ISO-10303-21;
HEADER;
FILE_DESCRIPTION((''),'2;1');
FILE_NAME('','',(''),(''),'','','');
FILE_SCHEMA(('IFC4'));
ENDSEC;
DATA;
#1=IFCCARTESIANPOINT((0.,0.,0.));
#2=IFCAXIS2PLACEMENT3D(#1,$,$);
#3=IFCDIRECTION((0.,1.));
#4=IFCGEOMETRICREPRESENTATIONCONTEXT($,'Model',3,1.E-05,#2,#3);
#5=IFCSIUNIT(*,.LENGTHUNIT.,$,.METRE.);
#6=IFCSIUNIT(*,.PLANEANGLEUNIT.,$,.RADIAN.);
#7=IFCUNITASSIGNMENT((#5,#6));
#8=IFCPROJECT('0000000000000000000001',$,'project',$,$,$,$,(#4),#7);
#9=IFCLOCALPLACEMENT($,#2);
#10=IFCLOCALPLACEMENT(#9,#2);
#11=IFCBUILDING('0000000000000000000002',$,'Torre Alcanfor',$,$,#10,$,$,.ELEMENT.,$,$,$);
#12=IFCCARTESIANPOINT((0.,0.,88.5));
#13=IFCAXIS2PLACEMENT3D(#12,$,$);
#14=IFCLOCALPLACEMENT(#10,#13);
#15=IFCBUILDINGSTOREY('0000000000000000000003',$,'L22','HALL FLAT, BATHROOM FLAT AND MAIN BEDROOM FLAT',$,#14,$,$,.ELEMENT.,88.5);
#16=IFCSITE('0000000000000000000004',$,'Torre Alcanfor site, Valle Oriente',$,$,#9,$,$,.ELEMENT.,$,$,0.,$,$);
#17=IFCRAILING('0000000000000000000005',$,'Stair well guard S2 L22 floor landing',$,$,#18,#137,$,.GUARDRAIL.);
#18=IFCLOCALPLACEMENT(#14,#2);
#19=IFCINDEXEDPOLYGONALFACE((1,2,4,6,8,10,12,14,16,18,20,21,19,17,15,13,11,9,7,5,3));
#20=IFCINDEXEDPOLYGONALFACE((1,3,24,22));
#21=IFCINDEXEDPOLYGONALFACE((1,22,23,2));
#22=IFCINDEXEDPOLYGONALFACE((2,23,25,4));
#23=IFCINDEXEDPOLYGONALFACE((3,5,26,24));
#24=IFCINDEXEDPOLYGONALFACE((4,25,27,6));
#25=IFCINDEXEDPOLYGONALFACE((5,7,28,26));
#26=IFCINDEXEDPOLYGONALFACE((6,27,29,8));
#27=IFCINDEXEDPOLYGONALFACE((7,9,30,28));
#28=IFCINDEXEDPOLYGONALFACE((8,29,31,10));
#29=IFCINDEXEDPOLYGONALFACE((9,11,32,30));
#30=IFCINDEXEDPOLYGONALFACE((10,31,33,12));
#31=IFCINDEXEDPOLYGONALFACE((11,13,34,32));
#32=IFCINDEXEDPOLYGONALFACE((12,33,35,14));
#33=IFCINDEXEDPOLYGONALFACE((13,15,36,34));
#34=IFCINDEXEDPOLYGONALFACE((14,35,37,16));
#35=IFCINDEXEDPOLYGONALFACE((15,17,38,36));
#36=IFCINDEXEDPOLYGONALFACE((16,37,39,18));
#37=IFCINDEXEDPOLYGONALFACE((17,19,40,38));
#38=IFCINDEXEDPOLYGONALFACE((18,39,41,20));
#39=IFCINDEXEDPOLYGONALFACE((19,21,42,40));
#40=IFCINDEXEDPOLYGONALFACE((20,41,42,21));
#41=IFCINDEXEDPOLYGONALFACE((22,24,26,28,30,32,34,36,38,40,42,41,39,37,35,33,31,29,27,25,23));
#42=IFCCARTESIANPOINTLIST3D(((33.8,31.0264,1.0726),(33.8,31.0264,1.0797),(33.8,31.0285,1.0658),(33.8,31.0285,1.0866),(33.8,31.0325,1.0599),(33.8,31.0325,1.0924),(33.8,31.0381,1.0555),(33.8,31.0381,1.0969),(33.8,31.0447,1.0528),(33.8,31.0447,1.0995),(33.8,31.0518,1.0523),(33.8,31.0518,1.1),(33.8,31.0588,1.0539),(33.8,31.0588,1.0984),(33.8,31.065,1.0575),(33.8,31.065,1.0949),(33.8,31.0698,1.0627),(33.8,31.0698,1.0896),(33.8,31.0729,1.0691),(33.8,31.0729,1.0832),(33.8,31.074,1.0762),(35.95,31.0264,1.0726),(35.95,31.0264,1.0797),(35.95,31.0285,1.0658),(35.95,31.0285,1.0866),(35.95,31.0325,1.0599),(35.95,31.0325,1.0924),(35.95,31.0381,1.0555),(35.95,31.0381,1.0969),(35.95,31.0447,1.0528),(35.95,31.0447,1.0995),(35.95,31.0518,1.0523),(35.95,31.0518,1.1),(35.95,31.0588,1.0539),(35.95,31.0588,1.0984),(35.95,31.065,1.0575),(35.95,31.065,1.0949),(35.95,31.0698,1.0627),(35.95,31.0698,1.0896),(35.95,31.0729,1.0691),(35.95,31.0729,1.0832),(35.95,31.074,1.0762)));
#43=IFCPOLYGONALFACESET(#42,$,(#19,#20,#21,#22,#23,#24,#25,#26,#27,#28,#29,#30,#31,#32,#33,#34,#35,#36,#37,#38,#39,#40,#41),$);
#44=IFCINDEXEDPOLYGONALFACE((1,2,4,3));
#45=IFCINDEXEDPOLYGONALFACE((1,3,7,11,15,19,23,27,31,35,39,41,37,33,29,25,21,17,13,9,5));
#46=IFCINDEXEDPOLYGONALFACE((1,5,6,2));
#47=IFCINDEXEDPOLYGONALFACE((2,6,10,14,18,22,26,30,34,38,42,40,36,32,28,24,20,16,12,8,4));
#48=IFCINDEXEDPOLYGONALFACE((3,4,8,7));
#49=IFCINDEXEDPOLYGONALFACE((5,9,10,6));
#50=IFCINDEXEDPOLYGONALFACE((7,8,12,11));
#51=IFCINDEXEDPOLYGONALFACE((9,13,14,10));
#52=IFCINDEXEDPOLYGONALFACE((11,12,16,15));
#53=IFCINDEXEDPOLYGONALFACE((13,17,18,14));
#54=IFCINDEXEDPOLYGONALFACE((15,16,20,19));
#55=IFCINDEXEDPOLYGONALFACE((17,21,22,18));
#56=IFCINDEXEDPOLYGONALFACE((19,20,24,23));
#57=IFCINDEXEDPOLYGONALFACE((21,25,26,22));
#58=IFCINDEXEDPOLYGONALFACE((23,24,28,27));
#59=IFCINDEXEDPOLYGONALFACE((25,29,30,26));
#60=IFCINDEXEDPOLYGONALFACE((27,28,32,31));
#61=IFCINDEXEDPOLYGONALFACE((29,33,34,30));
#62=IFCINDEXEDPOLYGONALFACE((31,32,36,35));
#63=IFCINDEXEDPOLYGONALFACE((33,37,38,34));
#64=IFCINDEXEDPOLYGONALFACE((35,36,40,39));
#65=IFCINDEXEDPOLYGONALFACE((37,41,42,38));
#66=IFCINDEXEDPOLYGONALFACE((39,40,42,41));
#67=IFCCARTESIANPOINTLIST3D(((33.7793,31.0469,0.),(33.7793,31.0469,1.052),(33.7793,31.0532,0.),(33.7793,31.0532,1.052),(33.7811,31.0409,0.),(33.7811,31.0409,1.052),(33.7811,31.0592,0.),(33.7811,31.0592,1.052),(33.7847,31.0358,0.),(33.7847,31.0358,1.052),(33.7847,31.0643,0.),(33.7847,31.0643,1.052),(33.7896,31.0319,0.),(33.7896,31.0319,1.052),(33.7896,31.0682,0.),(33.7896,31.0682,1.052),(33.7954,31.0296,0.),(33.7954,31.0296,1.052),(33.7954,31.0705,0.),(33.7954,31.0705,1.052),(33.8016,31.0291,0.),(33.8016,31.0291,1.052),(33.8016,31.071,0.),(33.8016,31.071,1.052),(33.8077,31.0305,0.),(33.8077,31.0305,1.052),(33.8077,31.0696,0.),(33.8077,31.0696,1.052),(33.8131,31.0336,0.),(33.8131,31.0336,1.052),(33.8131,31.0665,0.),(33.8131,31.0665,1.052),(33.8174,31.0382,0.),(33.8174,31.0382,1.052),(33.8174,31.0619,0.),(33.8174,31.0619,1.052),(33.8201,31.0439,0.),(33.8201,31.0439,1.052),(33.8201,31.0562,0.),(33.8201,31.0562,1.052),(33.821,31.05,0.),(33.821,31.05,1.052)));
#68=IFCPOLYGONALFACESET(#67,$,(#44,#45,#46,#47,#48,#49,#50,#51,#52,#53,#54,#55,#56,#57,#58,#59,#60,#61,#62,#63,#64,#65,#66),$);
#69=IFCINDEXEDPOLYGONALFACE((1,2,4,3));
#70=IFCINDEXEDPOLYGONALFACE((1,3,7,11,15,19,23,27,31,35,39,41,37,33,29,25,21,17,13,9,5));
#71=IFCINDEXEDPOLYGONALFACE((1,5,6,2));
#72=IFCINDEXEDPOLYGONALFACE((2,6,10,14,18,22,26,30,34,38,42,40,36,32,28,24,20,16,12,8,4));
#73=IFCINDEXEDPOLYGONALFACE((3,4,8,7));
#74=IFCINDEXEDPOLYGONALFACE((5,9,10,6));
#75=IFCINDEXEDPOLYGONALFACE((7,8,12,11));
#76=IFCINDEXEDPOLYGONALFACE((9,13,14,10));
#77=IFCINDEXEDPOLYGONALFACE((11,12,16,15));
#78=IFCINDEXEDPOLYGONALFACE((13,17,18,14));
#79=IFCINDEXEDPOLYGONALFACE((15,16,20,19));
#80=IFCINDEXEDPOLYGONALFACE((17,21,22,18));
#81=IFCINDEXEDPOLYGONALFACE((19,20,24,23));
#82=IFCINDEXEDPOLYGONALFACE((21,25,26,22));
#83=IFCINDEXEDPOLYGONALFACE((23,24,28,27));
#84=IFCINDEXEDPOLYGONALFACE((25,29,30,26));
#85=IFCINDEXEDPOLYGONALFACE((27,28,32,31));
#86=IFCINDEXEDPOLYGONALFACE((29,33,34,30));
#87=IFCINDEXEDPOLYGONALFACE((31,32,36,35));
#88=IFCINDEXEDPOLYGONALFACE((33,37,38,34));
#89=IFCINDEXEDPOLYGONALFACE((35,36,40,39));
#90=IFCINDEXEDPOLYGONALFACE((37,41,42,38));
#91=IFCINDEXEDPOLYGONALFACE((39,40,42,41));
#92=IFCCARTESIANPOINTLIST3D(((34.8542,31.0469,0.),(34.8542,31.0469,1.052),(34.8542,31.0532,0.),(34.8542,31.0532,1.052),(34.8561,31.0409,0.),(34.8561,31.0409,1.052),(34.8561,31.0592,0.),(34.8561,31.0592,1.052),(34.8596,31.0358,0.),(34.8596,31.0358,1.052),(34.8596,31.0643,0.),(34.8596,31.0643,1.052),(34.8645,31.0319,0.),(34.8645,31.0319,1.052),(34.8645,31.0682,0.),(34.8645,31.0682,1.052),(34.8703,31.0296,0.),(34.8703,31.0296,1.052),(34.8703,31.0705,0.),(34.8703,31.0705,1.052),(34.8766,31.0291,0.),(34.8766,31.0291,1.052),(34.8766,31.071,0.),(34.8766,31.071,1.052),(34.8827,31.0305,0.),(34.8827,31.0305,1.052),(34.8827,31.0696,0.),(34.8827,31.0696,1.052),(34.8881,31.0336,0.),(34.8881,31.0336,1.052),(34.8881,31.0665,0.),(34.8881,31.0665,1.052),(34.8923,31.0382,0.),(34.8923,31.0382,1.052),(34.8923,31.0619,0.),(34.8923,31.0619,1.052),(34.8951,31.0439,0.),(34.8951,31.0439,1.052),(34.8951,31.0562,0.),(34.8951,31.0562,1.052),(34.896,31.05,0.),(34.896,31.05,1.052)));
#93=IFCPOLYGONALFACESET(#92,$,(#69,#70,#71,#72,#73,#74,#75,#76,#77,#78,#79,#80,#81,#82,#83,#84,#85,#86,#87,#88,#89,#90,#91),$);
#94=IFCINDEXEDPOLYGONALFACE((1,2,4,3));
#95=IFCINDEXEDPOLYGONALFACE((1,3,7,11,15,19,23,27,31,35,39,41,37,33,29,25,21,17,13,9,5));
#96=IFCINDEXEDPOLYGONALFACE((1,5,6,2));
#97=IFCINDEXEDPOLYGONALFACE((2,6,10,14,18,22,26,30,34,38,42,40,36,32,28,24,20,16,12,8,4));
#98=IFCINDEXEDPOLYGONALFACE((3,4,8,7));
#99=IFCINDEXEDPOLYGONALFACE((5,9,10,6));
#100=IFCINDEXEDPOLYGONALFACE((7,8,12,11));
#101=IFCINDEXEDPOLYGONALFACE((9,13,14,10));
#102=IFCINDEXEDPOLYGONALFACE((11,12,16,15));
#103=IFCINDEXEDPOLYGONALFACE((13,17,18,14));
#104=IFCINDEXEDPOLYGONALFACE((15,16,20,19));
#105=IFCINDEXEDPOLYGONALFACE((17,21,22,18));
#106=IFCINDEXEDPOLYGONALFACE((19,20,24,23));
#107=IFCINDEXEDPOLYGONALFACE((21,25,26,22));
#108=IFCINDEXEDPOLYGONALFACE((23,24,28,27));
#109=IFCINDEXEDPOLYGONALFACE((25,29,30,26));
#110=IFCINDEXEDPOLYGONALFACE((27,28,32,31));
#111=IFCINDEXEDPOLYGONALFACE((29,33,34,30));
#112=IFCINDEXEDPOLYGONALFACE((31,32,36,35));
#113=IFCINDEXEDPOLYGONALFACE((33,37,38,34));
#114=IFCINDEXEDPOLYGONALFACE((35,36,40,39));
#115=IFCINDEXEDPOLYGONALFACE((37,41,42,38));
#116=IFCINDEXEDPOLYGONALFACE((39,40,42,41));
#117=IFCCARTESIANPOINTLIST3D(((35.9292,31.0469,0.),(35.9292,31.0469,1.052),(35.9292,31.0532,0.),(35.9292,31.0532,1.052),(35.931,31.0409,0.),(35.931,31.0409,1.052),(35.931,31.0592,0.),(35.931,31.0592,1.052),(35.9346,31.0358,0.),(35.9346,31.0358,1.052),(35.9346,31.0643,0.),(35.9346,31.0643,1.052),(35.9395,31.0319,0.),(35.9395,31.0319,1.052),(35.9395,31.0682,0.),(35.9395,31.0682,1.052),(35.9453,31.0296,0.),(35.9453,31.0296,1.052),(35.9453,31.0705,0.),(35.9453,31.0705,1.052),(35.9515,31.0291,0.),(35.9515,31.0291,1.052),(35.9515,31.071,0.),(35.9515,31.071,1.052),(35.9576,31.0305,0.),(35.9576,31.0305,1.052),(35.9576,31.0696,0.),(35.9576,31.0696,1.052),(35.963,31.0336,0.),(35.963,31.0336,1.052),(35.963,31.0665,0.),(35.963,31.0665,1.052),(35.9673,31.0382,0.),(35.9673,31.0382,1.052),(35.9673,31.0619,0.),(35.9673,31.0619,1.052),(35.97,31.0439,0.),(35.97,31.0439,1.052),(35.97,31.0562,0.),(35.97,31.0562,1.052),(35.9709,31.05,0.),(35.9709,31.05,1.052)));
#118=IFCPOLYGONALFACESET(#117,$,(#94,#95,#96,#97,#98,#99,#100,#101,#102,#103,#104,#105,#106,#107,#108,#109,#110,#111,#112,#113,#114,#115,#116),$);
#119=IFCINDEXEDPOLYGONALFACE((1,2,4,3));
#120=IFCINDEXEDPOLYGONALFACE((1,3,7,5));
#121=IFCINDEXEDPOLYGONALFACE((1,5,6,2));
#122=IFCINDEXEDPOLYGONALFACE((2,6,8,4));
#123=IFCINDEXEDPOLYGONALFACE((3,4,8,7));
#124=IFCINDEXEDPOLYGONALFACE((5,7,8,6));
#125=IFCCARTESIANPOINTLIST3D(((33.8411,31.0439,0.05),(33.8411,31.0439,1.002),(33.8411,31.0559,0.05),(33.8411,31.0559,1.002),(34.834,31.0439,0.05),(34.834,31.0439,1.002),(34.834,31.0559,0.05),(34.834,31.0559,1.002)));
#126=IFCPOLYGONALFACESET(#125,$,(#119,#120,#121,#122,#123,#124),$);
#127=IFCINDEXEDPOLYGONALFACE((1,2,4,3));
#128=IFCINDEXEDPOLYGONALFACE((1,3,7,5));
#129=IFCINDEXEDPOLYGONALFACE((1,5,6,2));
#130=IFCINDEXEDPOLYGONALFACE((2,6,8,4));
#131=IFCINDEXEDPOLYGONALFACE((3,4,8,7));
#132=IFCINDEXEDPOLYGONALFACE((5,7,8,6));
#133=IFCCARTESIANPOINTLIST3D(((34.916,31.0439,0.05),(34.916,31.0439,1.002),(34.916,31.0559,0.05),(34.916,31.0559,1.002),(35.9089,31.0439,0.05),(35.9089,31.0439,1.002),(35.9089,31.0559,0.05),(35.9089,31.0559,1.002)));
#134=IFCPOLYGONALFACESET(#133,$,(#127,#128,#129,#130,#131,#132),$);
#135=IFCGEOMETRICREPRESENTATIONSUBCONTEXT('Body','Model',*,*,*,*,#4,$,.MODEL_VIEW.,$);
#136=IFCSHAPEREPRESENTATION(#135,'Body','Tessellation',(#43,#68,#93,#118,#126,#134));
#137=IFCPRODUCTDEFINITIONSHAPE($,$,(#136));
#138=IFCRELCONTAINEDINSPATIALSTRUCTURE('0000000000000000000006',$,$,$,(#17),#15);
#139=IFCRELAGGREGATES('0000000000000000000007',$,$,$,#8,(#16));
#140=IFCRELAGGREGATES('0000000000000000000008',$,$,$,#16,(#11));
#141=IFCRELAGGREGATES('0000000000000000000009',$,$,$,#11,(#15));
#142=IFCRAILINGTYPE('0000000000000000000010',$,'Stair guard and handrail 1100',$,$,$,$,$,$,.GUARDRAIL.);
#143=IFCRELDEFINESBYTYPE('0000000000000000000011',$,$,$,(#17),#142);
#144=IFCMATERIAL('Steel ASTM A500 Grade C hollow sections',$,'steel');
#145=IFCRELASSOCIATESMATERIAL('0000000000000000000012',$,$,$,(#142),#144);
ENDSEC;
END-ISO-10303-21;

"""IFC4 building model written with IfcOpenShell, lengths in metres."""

from ifc_helpers import new_model, si_unit, direction, frame, origin, origin_2d, place, context, subcontext, project, spatial, polyline, circle, outline, extrude, material, type_object, element, save


model = new_model("IFC4")

# Units and contexts
model_context = context("Model", 3, precision=1e-05, world=origin(), true_north=direction((0.0, 1.0)))
body_context = subcontext(model_context, "Body", "Model", "MODEL_VIEW")
ifc_project = project(units=[si_unit("LENGTHUNIT", "METRE"), si_unit("PLANEANGLEUNIT", "RADIAN")], contexts=[model_context])

# Site, building, storey
site_placement = place(None, origin())
site = spatial("IfcSite", under=ifc_project, at=site_placement, Name="Torre Alcanfor site, Valle Oriente", CompositionType="ELEMENT", RefElevation=0.0)
building_placement = place(site_placement, origin())
building = spatial("IfcBuilding", under=site, at=building_placement, Name="Torre Alcanfor", CompositionType="ELEMENT")
storey_placement = place(building_placement, frame((0.0, 0.0, 88.5)))
storey = spatial("IfcBuildingStorey", under=building, at=storey_placement, Name="L22", Description="HALL FLAT, BATHROOM FLAT AND MAIN BEDROOM FLAT", CompositionType="ELEMENT", Elevation=88.5)

# Railing
ifc_material_1 = material(Name="Steel ASTM A500 Grade C hollow sections", Category="steel")
railing_type_1 = type_object("IfcRailingType", Name="Stair guard and handrail 1100", PredefinedType="GUARDRAIL", material=ifc_material_1)
for number, where, name in (
    (1, (33.8, 31.05, 0.0), "Stair well guard S2 L22 floor landing"),
):
    element("IfcRailing", number, at=place(storey_placement, frame(where)), inside=storey, type_object=railing_type_1, Name=name, PredefinedType="GUARDRAIL", context=body_context, shape_type="SweptSolid", body=[
        extrude(circle(Radius=0.0239, at=origin_2d()), frame((0.0, 0.0, 1.0762), z_axis=(1.0, 0.0, 0.0), x_axis=(0.0, 1.0, 0.0)), (0.0, 0.0, 1.0), 2.1499),
        extrude(circle(Radius=0.021, at=origin_2d()), origin(), (0.0, 0.0, 1.0), 1.052),
        extrude(circle(Radius=0.021, at=origin_2d()), frame((1.075, 0.0, 0.0)), (0.0, 0.0, 1.0), 1.052),
        extrude(circle(Radius=0.021, at=origin_2d()), frame((2.1499, 0.0, 0.0)), (0.0, 0.0, 1.0), 1.052),
        extrude(outline(polyline([(0.041, 0.05), (1.0339, 0.05), (1.0339, 1.002), (0.041, 1.002), (0.041, 0.05)])), frame((0.0, 0.0059, 0.0), z_axis=(0.0, -1.0, 0.0), x_axis=(1.0, 0.0, 0.0)), (0.0, 0.0, 1.0), 0.012),
        extrude(outline(polyline([(1.116, 0.05), (2.1089, 0.05), (2.1089, 1.002), (1.116, 1.002), (1.116, 0.05)])), frame((0.0, 0.0059, 0.0), z_axis=(0.0, -1.0, 0.0), x_axis=(1.0, 0.0, 0.0)), (0.0, 0.0, 1.0), 0.012),
    ])

save(model, "model.ifc")
